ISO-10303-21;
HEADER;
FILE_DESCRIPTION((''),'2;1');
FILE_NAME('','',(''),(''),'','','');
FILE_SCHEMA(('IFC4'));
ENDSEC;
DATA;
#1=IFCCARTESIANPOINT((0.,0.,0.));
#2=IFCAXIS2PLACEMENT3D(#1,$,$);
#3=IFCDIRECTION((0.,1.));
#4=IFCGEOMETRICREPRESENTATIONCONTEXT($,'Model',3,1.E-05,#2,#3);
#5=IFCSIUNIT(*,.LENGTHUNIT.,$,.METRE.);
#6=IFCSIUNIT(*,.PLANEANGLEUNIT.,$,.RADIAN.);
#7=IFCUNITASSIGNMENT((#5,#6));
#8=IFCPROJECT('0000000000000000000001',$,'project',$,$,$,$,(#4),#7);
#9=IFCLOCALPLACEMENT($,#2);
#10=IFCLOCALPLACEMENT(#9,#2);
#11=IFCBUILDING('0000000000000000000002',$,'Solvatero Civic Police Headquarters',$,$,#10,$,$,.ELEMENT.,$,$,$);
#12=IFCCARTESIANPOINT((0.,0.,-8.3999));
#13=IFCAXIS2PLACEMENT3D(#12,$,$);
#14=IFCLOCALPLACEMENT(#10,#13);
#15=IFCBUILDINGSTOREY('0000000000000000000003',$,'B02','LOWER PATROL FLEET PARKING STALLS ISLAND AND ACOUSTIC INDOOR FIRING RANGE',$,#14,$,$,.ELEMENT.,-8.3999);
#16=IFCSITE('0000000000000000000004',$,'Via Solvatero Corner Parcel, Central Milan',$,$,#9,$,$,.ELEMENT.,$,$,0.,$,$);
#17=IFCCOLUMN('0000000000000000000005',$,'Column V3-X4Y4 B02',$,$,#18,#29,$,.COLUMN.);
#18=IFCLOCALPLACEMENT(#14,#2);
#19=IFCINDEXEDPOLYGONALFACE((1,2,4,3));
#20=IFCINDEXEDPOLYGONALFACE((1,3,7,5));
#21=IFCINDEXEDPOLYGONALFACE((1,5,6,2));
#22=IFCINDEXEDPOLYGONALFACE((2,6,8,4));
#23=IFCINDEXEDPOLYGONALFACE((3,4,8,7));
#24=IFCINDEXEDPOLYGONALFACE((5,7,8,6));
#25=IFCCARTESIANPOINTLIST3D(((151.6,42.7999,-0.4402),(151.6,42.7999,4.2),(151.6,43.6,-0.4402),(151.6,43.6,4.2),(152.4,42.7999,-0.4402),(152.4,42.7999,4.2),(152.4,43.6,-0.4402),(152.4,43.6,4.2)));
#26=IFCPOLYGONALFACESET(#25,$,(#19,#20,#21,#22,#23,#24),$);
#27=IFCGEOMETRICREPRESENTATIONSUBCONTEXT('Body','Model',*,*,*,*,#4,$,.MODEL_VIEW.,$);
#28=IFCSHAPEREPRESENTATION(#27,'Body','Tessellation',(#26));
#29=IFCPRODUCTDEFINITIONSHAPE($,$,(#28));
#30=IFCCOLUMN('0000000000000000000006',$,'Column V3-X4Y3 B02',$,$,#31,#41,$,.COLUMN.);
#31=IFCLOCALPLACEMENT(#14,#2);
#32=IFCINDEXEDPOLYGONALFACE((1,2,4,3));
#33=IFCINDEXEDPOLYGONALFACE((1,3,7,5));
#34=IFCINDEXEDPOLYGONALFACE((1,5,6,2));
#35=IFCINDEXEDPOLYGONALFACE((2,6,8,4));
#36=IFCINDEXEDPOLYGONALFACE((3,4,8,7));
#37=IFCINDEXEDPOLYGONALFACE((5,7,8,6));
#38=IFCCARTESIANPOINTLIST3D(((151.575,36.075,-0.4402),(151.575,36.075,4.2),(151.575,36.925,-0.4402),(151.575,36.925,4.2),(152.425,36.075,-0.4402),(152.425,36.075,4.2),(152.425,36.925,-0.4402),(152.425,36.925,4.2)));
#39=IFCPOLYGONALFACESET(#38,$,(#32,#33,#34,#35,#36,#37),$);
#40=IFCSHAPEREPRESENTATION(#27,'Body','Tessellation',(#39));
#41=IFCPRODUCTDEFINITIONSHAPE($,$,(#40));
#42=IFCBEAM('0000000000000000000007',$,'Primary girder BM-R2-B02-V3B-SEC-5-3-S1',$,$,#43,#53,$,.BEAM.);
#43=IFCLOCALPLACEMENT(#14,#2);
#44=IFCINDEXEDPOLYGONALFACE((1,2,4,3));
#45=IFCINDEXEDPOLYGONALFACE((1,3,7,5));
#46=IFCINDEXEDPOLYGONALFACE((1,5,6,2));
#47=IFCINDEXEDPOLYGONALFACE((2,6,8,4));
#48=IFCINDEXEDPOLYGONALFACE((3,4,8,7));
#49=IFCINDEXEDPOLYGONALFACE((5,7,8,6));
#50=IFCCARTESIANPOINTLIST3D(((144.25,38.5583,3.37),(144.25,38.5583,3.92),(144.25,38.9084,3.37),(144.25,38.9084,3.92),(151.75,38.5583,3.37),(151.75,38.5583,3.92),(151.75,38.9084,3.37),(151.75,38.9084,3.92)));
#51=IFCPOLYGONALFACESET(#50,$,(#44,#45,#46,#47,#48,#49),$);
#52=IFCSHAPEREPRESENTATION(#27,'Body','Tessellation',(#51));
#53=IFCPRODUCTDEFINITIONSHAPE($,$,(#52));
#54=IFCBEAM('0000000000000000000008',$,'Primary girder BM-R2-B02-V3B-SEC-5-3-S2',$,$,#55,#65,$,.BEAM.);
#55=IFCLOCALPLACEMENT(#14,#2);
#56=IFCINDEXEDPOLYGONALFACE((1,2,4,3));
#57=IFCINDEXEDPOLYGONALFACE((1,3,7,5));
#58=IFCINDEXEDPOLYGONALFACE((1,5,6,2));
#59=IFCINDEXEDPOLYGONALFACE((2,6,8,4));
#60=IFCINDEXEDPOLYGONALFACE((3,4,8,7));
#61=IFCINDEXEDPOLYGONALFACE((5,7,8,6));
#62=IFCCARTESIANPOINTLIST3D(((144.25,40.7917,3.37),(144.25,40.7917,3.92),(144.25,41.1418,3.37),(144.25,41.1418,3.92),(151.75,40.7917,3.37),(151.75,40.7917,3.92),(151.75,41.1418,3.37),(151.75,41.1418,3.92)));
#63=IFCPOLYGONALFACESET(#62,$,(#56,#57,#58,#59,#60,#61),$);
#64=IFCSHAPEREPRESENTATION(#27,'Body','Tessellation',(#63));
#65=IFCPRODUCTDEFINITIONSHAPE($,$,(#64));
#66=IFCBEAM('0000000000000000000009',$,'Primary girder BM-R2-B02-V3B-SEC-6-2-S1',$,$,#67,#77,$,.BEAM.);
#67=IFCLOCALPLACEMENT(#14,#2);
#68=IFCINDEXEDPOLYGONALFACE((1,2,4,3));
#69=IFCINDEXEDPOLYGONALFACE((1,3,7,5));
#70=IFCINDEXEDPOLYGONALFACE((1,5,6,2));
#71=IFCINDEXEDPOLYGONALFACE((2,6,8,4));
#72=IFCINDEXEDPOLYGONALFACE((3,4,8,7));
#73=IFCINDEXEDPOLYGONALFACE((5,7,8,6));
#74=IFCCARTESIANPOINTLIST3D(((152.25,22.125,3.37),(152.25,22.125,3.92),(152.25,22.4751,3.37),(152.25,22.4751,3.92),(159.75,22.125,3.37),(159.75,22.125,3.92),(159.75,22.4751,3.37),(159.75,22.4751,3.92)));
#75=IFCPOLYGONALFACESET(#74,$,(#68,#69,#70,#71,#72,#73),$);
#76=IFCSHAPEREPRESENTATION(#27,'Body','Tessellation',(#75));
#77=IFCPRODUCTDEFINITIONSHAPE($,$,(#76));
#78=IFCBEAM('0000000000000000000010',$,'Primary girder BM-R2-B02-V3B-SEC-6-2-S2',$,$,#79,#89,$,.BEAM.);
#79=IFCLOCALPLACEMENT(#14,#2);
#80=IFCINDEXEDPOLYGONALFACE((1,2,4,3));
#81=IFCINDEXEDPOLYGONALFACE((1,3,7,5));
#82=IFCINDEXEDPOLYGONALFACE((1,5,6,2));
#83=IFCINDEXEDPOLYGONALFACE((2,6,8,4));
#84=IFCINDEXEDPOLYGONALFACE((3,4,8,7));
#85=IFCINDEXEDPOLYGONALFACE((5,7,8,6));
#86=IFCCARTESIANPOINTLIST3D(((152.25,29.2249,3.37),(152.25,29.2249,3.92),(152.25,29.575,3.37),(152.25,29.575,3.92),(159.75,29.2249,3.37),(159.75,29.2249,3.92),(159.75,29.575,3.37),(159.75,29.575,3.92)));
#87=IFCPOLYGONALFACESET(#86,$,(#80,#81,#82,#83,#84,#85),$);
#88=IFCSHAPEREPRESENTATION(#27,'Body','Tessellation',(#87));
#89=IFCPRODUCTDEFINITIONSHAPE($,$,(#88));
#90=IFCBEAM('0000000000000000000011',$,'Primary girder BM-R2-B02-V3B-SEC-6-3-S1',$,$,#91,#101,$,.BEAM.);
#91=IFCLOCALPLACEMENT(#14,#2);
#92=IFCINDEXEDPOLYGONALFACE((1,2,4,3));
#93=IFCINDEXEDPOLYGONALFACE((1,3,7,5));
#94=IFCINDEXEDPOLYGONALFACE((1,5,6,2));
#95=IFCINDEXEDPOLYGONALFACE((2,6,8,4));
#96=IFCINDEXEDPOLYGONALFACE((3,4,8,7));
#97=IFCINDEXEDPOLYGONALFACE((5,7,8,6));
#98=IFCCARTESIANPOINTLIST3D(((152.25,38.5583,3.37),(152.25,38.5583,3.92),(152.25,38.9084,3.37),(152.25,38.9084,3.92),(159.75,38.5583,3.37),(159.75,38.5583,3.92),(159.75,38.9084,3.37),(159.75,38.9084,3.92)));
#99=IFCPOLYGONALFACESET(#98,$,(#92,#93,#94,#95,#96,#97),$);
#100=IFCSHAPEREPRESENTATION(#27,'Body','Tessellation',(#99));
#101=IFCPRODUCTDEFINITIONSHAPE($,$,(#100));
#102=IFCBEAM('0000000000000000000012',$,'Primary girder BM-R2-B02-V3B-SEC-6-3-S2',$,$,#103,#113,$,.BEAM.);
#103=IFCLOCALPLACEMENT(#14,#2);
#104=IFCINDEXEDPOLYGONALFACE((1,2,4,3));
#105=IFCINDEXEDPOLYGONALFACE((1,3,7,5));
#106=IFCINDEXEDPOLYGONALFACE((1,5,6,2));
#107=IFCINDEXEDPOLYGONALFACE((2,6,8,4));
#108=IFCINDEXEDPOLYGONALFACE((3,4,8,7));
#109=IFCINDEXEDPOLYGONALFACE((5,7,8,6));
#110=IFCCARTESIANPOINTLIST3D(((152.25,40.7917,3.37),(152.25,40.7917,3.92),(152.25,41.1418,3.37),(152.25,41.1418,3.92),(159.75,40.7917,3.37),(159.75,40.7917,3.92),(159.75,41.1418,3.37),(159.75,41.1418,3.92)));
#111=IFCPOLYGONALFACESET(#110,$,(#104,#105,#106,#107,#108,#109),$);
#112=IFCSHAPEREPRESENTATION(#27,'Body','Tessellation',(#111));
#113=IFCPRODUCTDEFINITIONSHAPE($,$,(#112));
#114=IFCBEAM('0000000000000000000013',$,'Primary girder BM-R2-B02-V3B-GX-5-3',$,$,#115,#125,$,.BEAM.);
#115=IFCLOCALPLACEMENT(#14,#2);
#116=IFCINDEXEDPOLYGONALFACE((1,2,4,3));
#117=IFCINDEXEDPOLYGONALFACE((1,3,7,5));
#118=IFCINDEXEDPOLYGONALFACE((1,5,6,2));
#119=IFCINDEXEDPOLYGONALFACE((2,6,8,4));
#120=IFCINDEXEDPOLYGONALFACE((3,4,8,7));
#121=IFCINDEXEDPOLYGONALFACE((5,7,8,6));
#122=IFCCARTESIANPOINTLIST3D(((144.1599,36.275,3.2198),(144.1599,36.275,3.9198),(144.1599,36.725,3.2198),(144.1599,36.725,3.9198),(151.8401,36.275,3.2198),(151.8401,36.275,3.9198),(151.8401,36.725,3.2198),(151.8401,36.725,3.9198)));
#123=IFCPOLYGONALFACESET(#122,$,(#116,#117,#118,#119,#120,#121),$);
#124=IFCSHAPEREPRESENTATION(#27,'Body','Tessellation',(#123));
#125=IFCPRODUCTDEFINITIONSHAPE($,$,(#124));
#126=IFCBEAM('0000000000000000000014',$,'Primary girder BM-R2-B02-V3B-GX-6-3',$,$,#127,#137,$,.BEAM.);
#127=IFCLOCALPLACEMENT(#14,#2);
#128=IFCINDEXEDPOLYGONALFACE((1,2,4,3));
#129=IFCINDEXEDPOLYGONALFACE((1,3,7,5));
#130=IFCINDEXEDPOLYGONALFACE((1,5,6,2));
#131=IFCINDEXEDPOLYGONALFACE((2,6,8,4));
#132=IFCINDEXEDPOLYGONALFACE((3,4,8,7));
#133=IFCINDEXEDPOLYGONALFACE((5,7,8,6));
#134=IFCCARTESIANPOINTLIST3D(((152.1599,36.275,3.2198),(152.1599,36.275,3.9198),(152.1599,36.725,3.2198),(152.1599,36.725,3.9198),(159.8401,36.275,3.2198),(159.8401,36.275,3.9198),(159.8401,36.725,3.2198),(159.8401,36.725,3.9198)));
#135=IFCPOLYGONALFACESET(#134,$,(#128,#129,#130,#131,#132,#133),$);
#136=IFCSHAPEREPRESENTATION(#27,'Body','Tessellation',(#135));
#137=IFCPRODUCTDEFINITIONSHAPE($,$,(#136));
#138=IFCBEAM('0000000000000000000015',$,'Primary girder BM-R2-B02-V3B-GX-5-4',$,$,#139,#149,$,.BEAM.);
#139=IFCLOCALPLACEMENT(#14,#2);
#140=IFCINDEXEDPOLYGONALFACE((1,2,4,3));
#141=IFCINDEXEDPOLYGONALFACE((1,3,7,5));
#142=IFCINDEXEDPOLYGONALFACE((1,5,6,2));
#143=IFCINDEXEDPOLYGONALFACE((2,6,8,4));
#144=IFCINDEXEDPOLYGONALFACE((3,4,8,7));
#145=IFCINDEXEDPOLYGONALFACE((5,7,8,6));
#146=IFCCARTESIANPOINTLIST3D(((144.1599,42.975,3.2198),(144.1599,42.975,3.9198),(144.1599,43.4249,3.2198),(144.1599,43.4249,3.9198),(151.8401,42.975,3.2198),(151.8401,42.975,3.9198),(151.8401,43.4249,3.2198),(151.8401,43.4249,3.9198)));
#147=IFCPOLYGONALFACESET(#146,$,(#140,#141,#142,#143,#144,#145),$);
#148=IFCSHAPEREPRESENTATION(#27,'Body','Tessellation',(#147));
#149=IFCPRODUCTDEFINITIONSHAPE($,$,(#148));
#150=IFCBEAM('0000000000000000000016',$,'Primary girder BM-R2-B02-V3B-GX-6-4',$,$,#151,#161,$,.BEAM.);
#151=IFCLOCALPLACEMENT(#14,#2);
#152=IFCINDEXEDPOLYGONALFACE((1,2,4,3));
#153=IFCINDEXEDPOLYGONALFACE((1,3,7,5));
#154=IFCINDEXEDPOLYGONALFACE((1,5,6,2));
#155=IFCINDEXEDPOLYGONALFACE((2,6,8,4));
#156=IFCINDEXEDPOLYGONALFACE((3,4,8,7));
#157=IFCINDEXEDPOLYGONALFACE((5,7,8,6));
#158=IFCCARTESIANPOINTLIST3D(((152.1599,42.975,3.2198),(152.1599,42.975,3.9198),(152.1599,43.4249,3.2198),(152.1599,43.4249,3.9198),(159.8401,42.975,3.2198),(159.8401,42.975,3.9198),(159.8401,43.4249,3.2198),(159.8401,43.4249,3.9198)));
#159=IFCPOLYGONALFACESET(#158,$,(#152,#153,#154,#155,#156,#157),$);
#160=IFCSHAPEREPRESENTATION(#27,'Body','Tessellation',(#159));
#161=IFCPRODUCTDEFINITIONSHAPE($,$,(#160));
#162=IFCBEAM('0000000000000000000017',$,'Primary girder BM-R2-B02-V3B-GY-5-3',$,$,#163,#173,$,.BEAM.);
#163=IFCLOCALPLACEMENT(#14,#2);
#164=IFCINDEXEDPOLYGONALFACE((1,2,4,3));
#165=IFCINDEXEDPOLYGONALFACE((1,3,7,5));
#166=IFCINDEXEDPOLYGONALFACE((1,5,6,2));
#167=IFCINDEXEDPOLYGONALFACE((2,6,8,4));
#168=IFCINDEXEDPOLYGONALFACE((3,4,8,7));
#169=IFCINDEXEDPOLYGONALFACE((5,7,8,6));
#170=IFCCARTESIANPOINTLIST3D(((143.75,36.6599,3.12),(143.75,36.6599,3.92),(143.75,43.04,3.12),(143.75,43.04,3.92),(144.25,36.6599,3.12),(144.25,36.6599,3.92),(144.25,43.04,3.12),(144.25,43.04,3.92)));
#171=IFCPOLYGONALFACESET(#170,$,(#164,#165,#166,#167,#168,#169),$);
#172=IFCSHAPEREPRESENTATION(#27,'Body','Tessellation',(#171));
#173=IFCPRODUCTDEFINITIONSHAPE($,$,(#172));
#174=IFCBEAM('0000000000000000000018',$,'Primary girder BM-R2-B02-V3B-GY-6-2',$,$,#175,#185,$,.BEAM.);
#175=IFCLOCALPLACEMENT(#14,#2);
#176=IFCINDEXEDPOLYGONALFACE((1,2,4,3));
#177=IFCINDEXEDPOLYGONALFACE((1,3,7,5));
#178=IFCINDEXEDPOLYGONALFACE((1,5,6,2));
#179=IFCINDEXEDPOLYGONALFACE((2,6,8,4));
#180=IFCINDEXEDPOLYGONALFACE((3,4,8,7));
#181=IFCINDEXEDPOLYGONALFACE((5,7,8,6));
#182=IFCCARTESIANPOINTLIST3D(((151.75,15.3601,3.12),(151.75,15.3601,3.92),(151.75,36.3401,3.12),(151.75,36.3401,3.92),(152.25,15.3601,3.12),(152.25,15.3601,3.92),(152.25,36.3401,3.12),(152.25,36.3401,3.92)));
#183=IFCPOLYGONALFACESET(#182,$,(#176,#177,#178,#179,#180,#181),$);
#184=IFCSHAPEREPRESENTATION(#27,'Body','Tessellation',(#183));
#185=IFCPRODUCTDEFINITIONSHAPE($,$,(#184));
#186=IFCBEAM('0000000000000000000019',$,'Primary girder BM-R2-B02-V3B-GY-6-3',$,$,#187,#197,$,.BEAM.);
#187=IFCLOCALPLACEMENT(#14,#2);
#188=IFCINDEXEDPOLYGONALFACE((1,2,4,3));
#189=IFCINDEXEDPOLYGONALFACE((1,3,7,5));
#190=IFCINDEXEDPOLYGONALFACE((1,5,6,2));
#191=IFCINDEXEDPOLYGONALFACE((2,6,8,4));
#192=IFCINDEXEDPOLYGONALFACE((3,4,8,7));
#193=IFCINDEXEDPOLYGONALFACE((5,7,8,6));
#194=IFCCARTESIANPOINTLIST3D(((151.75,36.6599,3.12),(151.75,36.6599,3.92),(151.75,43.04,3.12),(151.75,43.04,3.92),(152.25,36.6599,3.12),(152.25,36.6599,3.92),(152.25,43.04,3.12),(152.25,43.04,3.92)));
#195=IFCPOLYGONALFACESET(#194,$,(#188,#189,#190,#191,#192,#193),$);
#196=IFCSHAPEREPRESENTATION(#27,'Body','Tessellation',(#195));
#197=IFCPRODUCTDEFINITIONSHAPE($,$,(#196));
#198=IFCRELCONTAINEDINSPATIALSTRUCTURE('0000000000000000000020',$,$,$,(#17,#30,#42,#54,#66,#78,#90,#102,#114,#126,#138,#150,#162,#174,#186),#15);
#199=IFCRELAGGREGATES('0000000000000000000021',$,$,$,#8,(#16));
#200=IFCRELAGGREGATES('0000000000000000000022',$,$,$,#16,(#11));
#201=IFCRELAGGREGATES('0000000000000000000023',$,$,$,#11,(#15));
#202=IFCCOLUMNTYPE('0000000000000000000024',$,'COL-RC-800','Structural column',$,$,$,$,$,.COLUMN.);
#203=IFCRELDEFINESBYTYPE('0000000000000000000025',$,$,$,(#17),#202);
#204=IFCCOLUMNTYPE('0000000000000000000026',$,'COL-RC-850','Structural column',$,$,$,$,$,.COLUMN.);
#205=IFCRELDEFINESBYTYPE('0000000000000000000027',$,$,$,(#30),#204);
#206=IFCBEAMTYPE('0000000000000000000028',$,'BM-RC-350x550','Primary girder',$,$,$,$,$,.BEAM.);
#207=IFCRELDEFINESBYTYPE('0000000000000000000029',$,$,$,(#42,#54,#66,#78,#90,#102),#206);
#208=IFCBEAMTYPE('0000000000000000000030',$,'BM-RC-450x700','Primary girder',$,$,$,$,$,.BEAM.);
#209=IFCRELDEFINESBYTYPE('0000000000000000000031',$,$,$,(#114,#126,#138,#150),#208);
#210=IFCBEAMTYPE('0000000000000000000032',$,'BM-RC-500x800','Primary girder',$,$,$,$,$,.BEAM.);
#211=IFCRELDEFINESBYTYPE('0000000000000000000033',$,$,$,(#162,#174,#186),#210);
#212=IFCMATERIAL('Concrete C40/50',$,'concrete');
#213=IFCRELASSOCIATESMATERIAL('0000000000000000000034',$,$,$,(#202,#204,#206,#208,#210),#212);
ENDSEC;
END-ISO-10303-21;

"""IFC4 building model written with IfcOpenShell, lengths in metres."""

from ifc_helpers import new_model, si_unit, direction, frame, origin, origin_2d, place, context, subcontext, project, spatial, rectangle, extrude, material, material_profile, profile_set, type_object, element, save


model = new_model("IFC4")

# Units and contexts
model_context = context("Model", 3, precision=1e-05, world=origin(), true_north=direction((0.0, 1.0)))
body_context = subcontext(model_context, "Body", "Model", "MODEL_VIEW")
ifc_project = project(units=[si_unit("LENGTHUNIT", "METRE"), si_unit("PLANEANGLEUNIT", "RADIAN")], contexts=[model_context])

# Site, building, storey
site_placement = place(None, origin())
site = spatial("IfcSite", under=ifc_project, at=site_placement, Name="Via Solvatero Corner Parcel, Central Milan", CompositionType="ELEMENT", RefElevation=0.0)
building_placement = place(site_placement, origin())
building = spatial("IfcBuilding", under=site, at=building_placement, Name="Solvatero Civic Police Headquarters", CompositionType="ELEMENT")
storey_placement = place(building_placement, frame((0.0, 0.0, -8.3999)))
storey = spatial("IfcBuildingStorey", under=building, at=storey_placement, Name="B02", Description="LOWER PATROL FLEET PARKING STALLS ISLAND AND ACOUSTIC INDOOR FIRING RANGE", CompositionType="ELEMENT", Elevation=-8.3999)

# Columns
ifc_material_1 = material(Name="Concrete C40/50", Category="concrete")
ifc_material_profile_1 = material_profile(ifc_material_1, rectangle(XDim=0.8, YDim=0.8, at=origin_2d()), Name="RC 800x800")
ifc_profile_set_1 = profile_set([ifc_material_profile_1], Name="Concrete C40/50")
column_type_1 = type_object("IfcColumnType", Name="COL-RC-800", Description="Structural column", PredefinedType="COLUMN", material=ifc_profile_set_1)
column_1_placement = place(storey_placement, frame((152.0, 43.2, -0.4402), z_axis=(0.0, 0.0, 1.0), x_axis=(1.0, 0.0, 0.0)))
element("IfcColumn", 1, at=column_1_placement, inside=storey, type_object=column_type_1, Name="Column V3-X4Y4 B02", PredefinedType="COLUMN", context=body_context, shape_type="SweptSolid", body=[
    extrude(rectangle(XDim=0.8, YDim=0.8, at=origin_2d()), origin(), (0.0, 0.0, 1.0), 4.6401),
])
ifc_material_profile_2 = material_profile(ifc_material_1, rectangle(XDim=0.8501, YDim=0.8501, at=origin_2d()), Name="RC 850x850")
ifc_profile_set_2 = profile_set([ifc_material_profile_2], Name="Concrete C40/50")
column_type_2 = type_object("IfcColumnType", Name="COL-RC-850", Description="Structural column", PredefinedType="COLUMN", material=ifc_profile_set_2)
column_2_placement = place(storey_placement, frame((152.0, 36.5, -0.4402), z_axis=(0.0, 0.0, 1.0), x_axis=(1.0, 0.0, 0.0)))
element("IfcColumn", 2, at=column_2_placement, inside=storey, type_object=column_type_2, Name="Column V3-X4Y3 B02", PredefinedType="COLUMN", context=body_context, shape_type="SweptSolid", body=[
    extrude(rectangle(XDim=0.8501, YDim=0.8501, at=origin_2d()), origin(), (0.0, 0.0, 1.0), 4.6401),
])

# Beams
ifc_material_profile_3 = material_profile(ifc_material_1, rectangle(XDim=0.3501, YDim=0.55, at=origin_2d()), Name="RC 350x550")
ifc_profile_set_3 = profile_set([ifc_material_profile_3], Name="Concrete C40/50")
beam_type_1 = type_object("IfcBeamType", Name="BM-RC-350x550", Description="Primary girder", PredefinedType="BEAM", material=ifc_profile_set_3)
for number, where, z_axis, x_axis, name in (
    (3, (144.25, 38.7334, 3.645), (1.0, 0.0, 0.0), (0.0, 1.0, 0.0), "Primary girder BM-R2-B02-V3B-SEC-5-3-S1"),
    (4, (144.25, 40.9668, 3.645), (1.0, 0.0, 0.0), (0.0, 1.0, 0.0), "Primary girder BM-R2-B02-V3B-SEC-5-3-S2"),
    (5, (152.25, 22.3, 3.645), (1.0, 0.0, 0.0), (0.0, 1.0, 0.0), "Primary girder BM-R2-B02-V3B-SEC-6-2-S1"),
    (6, (152.25, 29.3999, 3.645), (1.0, 0.0, 0.0), (0.0, 1.0, 0.0), "Primary girder BM-R2-B02-V3B-SEC-6-2-S2"),
    (7, (152.25, 38.7334, 3.645), (1.0, 0.0, 0.0), (0.0, 1.0, 0.0), "Primary girder BM-R2-B02-V3B-SEC-6-3-S1"),
    (8, (152.25, 40.9668, 3.645), (1.0, 0.0, 0.0), (0.0, 1.0, 0.0), "Primary girder BM-R2-B02-V3B-SEC-6-3-S2"),
):
    element("IfcBeam", number, at=place(storey_placement, frame(where, z_axis=z_axis, x_axis=x_axis)), inside=storey, type_object=beam_type_1, Name=name, PredefinedType="BEAM", context=body_context, shape_type="SweptSolid", body=[
        extrude(rectangle(XDim=0.3501, YDim=0.55, at=origin_2d()), origin(), (0.0, 0.0, 1.0), 7.5),
    ])
ifc_material_profile_4 = material_profile(ifc_material_1, rectangle(XDim=0.45, YDim=0.7, at=origin_2d()), Name="RC 450x700")
ifc_profile_set_4 = profile_set([ifc_material_profile_4], Name="Concrete C40/50")
beam_type_2 = type_object("IfcBeamType", Name="BM-RC-450x700", Description="Primary girder", PredefinedType="BEAM", material=ifc_profile_set_4)
for number, where, z_axis, x_axis, name in (
    (9, (144.1599, 36.5, 3.5698), (1.0, 0.0, 0.0), (0.0, 1.0, 0.0), "Primary girder BM-R2-B02-V3B-GX-5-3"),
    (10, (152.1599, 36.5, 3.5698), (1.0, 0.0, 0.0), (0.0, 1.0, 0.0), "Primary girder BM-R2-B02-V3B-GX-6-3"),
    (11, (144.1599, 43.2, 3.5698), (1.0, 0.0, 0.0), (0.0, 1.0, 0.0), "Primary girder BM-R2-B02-V3B-GX-5-4"),
    (12, (152.1599, 43.2, 3.5698), (1.0, 0.0, 0.0), (0.0, 1.0, 0.0), "Primary girder BM-R2-B02-V3B-GX-6-4"),
):
    element("IfcBeam", number, at=place(storey_placement, frame(where, z_axis=z_axis, x_axis=x_axis)), inside=storey, type_object=beam_type_2, Name=name, PredefinedType="BEAM", context=body_context, shape_type="SweptSolid", body=[
        extrude(rectangle(XDim=0.45, YDim=0.7, at=origin_2d()), origin(), (0.0, 0.0, 1.0), 7.6802),
    ])
ifc_material_profile_5 = material_profile(ifc_material_1, rectangle(XDim=0.5, YDim=0.8, at=origin_2d()), Name="RC 500x800")
ifc_profile_set_5 = profile_set([ifc_material_profile_5], Name="Concrete C40/50")
beam_type_3 = type_object("IfcBeamType", Name="BM-RC-500x800", Description="Primary girder", PredefinedType="BEAM", material=ifc_profile_set_5)
beam_1_placement = place(storey_placement, frame((144.0, 36.6599, 3.52), z_axis=(0.0, 1.0, 0.0), x_axis=(-1.0, 0.0, 0.0)))
element("IfcBeam", 13, at=beam_1_placement, inside=storey, type_object=beam_type_3, Name="Primary girder BM-R2-B02-V3B-GY-5-3", PredefinedType="BEAM", context=body_context, shape_type="SweptSolid", body=[
    extrude(rectangle(XDim=0.5, YDim=0.8, at=origin_2d()), origin(), (0.0, 0.0, 1.0), 6.3801),
])
beam_2_placement = place(storey_placement, frame((152.0, 15.3601, 3.52), z_axis=(0.0, 1.0, 0.0), x_axis=(-1.0, 0.0, 0.0)))
element("IfcBeam", 14, at=beam_2_placement, inside=storey, type_object=beam_type_3, Name="Primary girder BM-R2-B02-V3B-GY-6-2", PredefinedType="BEAM", context=body_context, shape_type="SweptSolid", body=[
    extrude(rectangle(XDim=0.5, YDim=0.8, at=origin_2d()), origin(), (0.0, 0.0, 1.0), 20.98),
])
beam_3_placement = place(storey_placement, frame((152.0, 36.6599, 3.52), z_axis=(0.0, 1.0, 0.0), x_axis=(-1.0, 0.0, 0.0)))
element("IfcBeam", 15, at=beam_3_placement, inside=storey, type_object=beam_type_3, Name="Primary girder BM-R2-B02-V3B-GY-6-3", PredefinedType="BEAM", context=body_context, shape_type="SweptSolid", body=[
    extrude(rectangle(XDim=0.5, YDim=0.8, at=origin_2d()), origin(), (0.0, 0.0, 1.0), 6.3801),
])

save(model, "model.ifc")
